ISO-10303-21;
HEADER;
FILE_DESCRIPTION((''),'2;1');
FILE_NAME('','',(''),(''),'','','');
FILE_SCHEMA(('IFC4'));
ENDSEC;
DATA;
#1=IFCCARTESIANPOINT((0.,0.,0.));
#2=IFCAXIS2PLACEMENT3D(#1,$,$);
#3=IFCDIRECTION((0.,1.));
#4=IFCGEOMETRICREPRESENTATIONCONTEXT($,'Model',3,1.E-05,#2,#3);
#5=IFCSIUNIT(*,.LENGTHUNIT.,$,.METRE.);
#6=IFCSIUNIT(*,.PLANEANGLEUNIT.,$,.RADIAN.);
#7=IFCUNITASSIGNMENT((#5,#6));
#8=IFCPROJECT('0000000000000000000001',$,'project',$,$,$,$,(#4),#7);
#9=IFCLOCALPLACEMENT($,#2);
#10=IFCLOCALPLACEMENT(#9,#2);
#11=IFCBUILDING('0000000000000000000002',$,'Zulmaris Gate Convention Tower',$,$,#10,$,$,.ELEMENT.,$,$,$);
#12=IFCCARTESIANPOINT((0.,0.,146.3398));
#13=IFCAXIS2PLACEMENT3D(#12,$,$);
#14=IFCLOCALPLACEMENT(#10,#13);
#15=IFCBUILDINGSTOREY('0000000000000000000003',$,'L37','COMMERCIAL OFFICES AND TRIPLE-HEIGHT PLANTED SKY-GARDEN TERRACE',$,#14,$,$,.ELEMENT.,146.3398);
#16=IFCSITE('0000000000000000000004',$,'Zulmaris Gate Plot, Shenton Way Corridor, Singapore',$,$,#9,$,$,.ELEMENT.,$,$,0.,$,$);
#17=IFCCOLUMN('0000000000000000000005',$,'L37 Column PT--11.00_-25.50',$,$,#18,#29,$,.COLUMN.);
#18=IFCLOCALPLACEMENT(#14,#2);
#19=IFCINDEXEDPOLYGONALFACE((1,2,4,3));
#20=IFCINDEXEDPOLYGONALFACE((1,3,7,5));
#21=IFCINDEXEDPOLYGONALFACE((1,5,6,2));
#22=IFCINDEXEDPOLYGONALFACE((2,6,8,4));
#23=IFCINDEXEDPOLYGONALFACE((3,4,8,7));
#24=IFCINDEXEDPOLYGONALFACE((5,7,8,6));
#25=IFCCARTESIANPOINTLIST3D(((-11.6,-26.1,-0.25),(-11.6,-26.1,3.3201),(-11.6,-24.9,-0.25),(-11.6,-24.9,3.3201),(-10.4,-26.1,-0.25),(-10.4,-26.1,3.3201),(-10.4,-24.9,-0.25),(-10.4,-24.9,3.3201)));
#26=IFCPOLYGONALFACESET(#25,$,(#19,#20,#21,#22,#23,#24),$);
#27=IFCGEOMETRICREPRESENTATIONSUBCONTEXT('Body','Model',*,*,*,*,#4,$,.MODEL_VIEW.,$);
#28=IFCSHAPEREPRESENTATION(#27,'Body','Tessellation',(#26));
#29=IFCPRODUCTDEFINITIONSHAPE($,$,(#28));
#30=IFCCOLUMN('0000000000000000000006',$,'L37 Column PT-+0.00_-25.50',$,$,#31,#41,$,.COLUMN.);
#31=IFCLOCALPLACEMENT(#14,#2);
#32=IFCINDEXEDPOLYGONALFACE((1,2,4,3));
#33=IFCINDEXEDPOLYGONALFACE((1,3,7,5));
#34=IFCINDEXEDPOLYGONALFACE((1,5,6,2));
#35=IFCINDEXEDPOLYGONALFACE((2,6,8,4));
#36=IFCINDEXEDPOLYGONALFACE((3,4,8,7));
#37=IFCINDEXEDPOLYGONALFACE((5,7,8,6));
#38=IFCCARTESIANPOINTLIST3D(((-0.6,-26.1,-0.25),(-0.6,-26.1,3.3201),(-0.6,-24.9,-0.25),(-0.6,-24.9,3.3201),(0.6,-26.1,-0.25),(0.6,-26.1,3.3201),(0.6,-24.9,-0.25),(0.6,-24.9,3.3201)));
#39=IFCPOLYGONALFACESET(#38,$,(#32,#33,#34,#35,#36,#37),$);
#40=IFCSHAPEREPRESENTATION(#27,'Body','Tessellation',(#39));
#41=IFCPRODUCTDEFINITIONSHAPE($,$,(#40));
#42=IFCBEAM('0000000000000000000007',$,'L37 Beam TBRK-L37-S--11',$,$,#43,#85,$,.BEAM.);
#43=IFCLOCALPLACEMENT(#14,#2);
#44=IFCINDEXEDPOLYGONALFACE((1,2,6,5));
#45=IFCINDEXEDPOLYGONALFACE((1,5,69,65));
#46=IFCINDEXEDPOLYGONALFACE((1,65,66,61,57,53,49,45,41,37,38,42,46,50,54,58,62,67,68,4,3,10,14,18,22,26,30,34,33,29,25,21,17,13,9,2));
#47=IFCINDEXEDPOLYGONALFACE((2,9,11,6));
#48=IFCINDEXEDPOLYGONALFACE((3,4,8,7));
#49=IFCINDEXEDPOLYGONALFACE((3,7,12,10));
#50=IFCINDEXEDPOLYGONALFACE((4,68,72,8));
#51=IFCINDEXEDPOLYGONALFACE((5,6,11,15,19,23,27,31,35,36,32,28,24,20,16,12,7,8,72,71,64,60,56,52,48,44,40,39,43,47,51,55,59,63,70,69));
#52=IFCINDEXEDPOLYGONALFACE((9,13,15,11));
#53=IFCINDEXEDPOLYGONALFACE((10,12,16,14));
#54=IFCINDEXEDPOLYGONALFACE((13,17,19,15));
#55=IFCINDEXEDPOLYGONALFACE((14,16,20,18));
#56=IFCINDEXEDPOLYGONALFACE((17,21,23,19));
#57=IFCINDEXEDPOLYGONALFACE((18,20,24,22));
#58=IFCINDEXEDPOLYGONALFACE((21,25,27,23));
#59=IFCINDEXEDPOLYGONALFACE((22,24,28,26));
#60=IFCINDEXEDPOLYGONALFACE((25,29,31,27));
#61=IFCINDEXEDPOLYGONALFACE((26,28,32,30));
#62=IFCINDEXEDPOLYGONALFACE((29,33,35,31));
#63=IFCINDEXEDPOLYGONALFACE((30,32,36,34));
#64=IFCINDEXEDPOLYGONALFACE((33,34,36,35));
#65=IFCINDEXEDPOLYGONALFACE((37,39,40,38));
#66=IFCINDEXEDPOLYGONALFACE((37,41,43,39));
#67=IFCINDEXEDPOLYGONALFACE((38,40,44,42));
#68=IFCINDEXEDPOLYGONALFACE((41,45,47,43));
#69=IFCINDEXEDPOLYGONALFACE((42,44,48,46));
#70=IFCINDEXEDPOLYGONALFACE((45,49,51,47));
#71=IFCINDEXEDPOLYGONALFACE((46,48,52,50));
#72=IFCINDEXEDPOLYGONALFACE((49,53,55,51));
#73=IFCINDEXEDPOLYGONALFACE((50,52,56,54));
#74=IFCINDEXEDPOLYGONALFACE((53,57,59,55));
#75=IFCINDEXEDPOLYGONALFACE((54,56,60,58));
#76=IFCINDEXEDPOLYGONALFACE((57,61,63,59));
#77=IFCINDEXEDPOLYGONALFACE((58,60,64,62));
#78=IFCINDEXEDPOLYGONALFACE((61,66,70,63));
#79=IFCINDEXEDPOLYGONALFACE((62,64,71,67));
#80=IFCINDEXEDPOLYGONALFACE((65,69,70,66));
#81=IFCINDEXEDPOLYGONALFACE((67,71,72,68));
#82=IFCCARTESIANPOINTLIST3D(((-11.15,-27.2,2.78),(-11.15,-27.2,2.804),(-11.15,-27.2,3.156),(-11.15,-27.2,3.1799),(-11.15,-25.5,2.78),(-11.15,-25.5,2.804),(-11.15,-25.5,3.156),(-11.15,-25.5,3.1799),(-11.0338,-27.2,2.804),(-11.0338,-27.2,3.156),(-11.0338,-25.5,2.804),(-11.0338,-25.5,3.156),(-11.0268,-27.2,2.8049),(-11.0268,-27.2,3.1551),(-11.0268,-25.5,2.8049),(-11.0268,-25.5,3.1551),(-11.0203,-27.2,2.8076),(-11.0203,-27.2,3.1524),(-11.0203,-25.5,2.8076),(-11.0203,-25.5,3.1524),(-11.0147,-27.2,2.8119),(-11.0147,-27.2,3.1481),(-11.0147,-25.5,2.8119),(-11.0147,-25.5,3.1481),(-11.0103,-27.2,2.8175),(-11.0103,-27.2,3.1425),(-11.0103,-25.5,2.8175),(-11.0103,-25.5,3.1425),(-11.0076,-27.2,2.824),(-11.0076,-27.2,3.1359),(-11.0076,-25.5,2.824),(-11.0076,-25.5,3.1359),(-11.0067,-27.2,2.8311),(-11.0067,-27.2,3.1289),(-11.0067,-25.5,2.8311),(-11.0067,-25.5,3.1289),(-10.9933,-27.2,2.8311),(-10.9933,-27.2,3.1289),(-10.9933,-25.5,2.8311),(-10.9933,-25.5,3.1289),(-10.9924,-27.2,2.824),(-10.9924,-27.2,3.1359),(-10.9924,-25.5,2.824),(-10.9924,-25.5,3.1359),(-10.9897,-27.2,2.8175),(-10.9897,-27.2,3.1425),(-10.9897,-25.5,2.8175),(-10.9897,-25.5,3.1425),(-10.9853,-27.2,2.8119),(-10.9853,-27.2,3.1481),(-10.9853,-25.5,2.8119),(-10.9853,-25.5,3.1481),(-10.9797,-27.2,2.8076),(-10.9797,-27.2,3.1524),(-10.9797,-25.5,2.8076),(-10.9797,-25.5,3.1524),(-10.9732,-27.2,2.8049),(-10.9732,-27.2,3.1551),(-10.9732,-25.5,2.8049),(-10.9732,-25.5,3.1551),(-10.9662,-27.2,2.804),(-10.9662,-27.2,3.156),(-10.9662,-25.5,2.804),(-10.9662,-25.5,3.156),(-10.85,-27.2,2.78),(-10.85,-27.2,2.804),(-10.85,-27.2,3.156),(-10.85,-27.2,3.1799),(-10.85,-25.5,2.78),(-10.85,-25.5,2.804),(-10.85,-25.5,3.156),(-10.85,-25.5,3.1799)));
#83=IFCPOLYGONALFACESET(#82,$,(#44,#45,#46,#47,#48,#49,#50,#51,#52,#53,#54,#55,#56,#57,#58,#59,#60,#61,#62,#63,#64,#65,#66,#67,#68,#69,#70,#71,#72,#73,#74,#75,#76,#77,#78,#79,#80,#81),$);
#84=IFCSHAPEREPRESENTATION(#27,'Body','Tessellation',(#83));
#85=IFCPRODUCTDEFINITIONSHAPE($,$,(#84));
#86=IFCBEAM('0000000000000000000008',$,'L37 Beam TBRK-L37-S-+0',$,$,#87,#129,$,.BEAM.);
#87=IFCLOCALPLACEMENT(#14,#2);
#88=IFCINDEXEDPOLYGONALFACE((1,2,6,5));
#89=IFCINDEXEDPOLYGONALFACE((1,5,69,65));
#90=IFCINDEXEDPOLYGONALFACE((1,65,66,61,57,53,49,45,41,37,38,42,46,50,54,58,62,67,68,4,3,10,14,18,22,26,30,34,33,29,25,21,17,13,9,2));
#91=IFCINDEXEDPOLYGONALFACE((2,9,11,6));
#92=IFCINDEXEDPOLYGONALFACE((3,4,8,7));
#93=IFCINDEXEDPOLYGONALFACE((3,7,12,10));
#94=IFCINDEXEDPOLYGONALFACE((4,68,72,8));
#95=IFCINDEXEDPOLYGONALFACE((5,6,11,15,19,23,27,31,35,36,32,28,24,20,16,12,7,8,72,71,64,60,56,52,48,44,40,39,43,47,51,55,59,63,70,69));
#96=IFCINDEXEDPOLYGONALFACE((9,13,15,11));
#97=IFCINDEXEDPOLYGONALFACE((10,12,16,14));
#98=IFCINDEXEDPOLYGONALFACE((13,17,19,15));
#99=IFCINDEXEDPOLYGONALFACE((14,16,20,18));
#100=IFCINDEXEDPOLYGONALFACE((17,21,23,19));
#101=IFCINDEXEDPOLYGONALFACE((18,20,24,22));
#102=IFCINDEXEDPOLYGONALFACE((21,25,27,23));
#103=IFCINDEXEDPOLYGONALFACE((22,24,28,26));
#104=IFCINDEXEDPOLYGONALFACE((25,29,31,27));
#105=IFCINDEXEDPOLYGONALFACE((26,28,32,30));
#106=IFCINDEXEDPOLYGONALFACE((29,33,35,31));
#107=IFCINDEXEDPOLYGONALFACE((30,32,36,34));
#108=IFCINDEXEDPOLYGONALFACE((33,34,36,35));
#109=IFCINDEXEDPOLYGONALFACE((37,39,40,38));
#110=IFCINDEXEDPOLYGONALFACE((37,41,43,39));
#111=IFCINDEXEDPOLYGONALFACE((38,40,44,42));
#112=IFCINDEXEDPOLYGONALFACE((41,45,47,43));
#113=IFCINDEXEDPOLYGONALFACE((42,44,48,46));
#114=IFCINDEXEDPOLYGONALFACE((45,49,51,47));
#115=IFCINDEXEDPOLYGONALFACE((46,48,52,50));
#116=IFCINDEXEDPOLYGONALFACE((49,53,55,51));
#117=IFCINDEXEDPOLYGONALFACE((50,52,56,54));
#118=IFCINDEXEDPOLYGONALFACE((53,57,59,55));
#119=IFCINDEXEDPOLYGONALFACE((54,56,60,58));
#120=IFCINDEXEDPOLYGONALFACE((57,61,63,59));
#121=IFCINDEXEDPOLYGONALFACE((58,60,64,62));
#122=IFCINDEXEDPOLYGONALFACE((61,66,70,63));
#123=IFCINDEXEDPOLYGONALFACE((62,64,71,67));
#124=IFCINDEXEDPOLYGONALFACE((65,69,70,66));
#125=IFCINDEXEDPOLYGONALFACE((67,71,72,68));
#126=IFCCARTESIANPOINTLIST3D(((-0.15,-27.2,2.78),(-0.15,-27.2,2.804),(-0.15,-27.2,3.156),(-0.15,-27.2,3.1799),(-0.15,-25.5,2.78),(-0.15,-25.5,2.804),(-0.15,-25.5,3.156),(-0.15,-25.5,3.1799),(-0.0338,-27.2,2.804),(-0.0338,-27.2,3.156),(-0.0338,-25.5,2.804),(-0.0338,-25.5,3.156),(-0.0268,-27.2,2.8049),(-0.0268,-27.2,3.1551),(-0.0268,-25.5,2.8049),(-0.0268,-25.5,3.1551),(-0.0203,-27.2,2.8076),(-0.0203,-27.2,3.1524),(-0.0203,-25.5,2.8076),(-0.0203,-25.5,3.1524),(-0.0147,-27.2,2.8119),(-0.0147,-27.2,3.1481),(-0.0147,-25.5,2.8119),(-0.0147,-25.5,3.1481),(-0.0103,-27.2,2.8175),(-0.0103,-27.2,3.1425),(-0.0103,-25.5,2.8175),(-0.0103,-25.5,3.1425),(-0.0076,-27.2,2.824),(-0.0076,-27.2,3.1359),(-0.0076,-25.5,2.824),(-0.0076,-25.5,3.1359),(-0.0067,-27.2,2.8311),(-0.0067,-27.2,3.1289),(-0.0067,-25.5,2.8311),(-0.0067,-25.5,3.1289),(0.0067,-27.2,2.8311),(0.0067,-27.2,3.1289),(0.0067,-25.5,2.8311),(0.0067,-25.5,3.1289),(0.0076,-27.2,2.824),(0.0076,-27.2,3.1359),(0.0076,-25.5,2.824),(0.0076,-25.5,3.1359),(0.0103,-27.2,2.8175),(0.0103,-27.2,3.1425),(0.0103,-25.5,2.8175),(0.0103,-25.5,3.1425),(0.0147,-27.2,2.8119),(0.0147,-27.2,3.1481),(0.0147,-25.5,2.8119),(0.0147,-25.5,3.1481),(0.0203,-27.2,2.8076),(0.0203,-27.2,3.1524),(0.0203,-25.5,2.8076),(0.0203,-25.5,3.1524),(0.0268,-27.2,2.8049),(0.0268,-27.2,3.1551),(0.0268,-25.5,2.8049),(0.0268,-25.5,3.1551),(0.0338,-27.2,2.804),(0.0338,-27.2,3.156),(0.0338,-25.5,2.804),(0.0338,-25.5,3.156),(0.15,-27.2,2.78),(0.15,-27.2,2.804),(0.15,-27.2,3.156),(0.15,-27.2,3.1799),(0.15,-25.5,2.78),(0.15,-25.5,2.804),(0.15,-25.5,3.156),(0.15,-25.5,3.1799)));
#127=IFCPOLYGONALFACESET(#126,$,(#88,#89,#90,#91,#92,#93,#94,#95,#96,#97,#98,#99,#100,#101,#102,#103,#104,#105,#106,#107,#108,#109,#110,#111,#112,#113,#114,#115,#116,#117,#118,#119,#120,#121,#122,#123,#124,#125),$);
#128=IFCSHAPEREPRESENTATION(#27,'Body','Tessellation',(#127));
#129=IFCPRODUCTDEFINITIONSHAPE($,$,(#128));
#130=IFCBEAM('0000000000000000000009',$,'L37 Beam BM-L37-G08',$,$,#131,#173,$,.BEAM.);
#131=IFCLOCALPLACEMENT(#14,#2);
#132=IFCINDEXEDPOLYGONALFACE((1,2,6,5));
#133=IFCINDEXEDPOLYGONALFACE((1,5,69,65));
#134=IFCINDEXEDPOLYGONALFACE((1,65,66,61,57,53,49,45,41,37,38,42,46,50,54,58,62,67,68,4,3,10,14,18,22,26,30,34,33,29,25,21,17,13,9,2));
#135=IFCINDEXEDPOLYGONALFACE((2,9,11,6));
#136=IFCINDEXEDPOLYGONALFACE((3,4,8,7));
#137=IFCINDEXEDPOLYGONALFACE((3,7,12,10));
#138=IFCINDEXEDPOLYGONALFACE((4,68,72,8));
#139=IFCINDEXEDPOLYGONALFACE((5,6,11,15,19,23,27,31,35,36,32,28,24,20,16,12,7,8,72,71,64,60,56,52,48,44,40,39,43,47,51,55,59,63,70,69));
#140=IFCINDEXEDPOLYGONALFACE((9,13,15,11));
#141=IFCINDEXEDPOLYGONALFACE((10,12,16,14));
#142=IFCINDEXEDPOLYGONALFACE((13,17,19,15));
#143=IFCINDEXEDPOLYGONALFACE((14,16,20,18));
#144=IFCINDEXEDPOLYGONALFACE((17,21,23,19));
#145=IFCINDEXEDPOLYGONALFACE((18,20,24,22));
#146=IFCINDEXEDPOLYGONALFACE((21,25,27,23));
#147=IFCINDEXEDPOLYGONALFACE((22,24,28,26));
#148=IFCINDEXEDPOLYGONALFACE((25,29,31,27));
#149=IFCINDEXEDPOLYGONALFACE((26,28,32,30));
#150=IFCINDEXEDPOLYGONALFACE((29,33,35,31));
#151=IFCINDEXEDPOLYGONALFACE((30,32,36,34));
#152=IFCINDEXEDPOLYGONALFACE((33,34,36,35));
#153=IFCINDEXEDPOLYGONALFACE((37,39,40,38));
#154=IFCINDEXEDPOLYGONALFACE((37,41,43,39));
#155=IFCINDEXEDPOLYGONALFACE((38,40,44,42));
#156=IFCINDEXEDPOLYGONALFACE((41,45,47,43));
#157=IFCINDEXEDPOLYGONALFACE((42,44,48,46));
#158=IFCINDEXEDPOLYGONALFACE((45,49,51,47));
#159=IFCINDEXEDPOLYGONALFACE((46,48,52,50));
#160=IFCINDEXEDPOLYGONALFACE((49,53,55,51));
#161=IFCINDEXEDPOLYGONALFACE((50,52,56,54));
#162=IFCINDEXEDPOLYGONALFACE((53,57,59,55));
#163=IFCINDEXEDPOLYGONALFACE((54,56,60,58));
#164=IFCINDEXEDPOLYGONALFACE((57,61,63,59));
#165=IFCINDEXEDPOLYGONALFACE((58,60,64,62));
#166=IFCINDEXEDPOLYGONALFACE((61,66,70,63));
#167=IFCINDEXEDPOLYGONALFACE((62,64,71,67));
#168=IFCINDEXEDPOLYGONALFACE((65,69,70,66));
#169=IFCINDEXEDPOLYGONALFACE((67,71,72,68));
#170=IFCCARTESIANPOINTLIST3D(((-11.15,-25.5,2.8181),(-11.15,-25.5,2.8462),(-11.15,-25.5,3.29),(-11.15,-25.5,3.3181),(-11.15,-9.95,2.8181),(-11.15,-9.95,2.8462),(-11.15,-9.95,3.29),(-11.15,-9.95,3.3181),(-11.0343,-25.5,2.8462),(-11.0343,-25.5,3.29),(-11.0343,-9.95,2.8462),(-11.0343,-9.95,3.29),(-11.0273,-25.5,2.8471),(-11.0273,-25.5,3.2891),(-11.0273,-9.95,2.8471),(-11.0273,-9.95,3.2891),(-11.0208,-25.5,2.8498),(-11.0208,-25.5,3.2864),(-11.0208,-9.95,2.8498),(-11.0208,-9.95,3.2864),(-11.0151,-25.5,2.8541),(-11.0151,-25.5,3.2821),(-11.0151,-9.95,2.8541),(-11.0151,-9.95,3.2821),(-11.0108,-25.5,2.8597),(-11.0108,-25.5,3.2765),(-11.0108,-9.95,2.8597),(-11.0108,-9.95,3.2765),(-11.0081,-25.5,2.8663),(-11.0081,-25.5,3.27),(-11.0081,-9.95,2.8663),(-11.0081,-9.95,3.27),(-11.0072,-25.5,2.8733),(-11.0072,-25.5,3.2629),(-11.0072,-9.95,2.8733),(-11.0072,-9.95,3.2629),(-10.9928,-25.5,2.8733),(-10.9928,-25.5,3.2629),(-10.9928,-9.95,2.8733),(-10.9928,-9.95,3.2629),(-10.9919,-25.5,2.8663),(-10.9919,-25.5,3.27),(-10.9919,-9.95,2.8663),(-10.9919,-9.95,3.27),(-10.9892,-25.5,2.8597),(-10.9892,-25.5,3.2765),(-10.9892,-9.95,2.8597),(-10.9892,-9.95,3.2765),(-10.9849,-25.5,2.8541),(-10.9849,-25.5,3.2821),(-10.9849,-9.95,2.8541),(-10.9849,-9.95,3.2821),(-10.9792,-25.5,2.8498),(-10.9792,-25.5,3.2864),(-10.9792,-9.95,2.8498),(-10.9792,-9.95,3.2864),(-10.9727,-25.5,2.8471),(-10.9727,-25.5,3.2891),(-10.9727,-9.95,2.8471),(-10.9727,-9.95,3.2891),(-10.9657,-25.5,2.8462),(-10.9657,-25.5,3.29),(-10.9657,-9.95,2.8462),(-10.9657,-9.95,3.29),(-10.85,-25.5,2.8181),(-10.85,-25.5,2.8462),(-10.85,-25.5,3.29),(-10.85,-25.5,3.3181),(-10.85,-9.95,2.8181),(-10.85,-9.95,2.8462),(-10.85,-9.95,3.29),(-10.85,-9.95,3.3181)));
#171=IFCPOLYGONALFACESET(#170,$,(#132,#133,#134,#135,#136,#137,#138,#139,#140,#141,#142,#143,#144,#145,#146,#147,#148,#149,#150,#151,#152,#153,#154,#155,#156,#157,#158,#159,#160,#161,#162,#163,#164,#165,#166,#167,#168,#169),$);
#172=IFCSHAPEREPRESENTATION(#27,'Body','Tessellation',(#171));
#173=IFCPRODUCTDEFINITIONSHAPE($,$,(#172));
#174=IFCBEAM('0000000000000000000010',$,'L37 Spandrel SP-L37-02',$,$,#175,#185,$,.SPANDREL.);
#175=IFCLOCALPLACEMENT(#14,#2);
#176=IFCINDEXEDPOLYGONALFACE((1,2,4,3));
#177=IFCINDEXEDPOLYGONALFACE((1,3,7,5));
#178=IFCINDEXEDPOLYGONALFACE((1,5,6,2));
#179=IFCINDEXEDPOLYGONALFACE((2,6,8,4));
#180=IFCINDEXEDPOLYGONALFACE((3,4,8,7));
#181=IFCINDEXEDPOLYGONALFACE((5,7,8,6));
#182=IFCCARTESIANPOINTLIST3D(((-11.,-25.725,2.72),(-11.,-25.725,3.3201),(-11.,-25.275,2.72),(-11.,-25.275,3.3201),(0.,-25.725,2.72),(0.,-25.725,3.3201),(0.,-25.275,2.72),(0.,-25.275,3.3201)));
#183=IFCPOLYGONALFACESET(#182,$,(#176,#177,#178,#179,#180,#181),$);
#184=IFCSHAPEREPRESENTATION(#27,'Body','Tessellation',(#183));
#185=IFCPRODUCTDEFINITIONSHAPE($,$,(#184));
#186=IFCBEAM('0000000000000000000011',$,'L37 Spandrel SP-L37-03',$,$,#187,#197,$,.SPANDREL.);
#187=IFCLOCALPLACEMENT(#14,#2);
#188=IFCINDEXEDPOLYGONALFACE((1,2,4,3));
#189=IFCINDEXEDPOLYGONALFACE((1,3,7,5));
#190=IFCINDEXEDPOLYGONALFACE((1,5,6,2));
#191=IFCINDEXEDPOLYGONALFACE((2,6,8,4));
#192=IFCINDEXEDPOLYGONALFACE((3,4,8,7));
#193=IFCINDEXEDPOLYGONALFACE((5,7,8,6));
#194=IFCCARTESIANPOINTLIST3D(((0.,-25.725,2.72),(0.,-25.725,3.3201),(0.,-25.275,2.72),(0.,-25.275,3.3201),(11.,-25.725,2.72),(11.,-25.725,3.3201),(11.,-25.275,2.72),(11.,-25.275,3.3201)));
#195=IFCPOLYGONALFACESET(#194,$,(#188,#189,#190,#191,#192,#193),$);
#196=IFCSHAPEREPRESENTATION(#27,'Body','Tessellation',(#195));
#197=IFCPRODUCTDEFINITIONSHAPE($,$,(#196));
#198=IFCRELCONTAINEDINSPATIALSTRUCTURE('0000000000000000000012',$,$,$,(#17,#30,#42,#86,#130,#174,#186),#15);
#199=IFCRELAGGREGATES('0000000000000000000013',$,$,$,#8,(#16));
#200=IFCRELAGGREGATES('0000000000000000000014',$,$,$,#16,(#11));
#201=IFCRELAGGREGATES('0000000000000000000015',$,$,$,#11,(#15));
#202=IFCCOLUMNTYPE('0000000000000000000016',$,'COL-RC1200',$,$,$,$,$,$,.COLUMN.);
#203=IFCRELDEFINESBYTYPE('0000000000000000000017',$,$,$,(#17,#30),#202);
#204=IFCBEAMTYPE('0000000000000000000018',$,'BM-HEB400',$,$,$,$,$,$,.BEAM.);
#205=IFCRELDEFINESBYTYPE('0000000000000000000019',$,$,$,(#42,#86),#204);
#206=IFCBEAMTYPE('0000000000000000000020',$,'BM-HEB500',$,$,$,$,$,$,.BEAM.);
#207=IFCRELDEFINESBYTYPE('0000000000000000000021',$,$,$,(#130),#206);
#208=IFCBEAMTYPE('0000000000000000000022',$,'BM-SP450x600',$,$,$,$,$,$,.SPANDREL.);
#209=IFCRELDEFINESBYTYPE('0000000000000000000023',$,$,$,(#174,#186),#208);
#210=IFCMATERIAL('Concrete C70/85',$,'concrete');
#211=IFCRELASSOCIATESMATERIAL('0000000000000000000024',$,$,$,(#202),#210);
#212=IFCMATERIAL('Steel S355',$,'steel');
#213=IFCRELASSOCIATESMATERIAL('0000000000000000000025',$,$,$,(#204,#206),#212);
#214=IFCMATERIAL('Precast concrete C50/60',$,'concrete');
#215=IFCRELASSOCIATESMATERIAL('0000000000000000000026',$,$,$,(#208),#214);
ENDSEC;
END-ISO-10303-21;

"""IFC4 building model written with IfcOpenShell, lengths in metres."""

from ifc_helpers import new_model, si_unit, direction, frame, origin, origin_2d, place, context, subcontext, project, spatial, rectangle, i_section, extrude, material, material_profile, profile_set, type_object, element, save


model = new_model("IFC4")

# Units and contexts
model_context = context("Model", 3, precision=1e-05, world=origin(), true_north=direction((0.0, 1.0)))
body_context = subcontext(model_context, "Body", "Model", "MODEL_VIEW")
ifc_project = project(units=[si_unit("LENGTHUNIT", "METRE"), si_unit("PLANEANGLEUNIT", "RADIAN")], contexts=[model_context])

# Site, building, storey
site_placement = place(None, origin())
site = spatial("IfcSite", under=ifc_project, at=site_placement, Name="Zulmaris Gate Plot, Shenton Way Corridor, Singapore", CompositionType="ELEMENT", RefElevation=0.0)
building_placement = place(site_placement, origin())
building = spatial("IfcBuilding", under=site, at=building_placement, Name="Zulmaris Gate Convention Tower", CompositionType="ELEMENT")
storey_placement = place(building_placement, frame((0.0, 0.0, 146.3398)))
storey = spatial("IfcBuildingStorey", under=building, at=storey_placement, Name="L37", Description="COMMERCIAL OFFICES AND TRIPLE-HEIGHT PLANTED SKY-GARDEN TERRACE", CompositionType="ELEMENT", Elevation=146.3398)

# Columns
ifc_material_1 = material(Name="Concrete C70/85", Category="concrete")
ifc_material_profile_1 = material_profile(ifc_material_1, rectangle(XDim=1.2, YDim=1.2, at=origin_2d()), Name="RC COL 1200x1200")
ifc_profile_set_1 = profile_set([ifc_material_profile_1], Name="Concrete C70/85")
column_type = type_object("IfcColumnType", Name="COL-RC1200", PredefinedType="COLUMN", material=ifc_profile_set_1)
for number, where, z_axis, x_axis, name in (
    (1, (-11.0, -25.5, -0.25), (0.0, 0.0, 1.0), (1.0, 0.0, 0.0), "L37 Column PT--11.00_-25.50"),
    (2, (0.0, -25.5, -0.25), (0.0, 0.0, 1.0), (1.0, 0.0, 0.0), "L37 Column PT-+0.00_-25.50"),
):
    element("IfcColumn", number, at=place(storey_placement, frame(where, z_axis=z_axis, x_axis=x_axis)), inside=storey, type_object=column_type, Name=name, PredefinedType="COLUMN", context=body_context, shape_type="SweptSolid", body=[
        extrude(rectangle(XDim=1.2, YDim=1.2, at=origin_2d()), origin(), (0.0, 0.0, 1.0), 3.5701),
    ])

# Beams
ifc_material_2 = material(Name="Steel S355", Category="steel")
ifc_material_profile_2 = material_profile(ifc_material_2, i_section(OverallWidth=0.3, OverallDepth=0.3999, WebThickness=0.0134, FlangeThickness=0.0239, FilletRadius=0.0271, at=origin_2d()), Name="HEB 400")
ifc_profile_set_2 = profile_set([ifc_material_profile_2], Name="Steel S355")
beam_type_1 = type_object("IfcBeamType", Name="BM-HEB400", PredefinedType="BEAM", material=ifc_profile_set_2)
for number, where, z_axis, x_axis, name in (
    (3, (-11.0, -27.2, 2.98), (0.0, 1.0, 0.0), (-1.0, 0.0, 0.0), "L37 Beam TBRK-L37-S--11"),
    (4, (0.0, -27.2, 2.98), (0.0, 1.0, 0.0), (-1.0, 0.0, 0.0), "L37 Beam TBRK-L37-S-+0"),
):
    element("IfcBeam", number, at=place(storey_placement, frame(where, z_axis=z_axis, x_axis=x_axis)), inside=storey, type_object=beam_type_1, Name=name, PredefinedType="BEAM", context=body_context, shape_type="SweptSolid", body=[
        extrude(i_section(OverallWidth=0.3, OverallDepth=0.3999, WebThickness=0.0134, FlangeThickness=0.0239, FilletRadius=0.0271, at=origin_2d()), origin(), (0.0, 0.0, 1.0), 1.7),
    ])
ifc_material_profile_3 = material_profile(ifc_material_2, i_section(OverallWidth=0.3, OverallDepth=0.5, WebThickness=0.0144, FlangeThickness=0.0281, FilletRadius=0.0271, at=origin_2d()), Name="HEB 500")
ifc_profile_set_3 = profile_set([ifc_material_profile_3], Name="Steel S355")
beam_type_2 = type_object("IfcBeamType", Name="BM-HEB500", PredefinedType="BEAM", material=ifc_profile_set_3)
beam_placement = place(storey_placement, frame((-11.0, -25.5, 3.0681), z_axis=(0.0, 1.0, 0.0), x_axis=(-1.0, 0.0, 0.0)))
element("IfcBeam", 5, at=beam_placement, inside=storey, type_object=beam_type_2, Name="L37 Beam BM-L37-G08", PredefinedType="BEAM", context=body_context, shape_type="SweptSolid", body=[
    extrude(i_section(OverallWidth=0.3, OverallDepth=0.5, WebThickness=0.0144, FlangeThickness=0.0281, FilletRadius=0.0271, at=origin_2d()), origin(), (0.0, 0.0, 1.0), 15.55),
])
ifc_material_3 = material(Name="Precast concrete C50/60", Category="concrete")
ifc_material_profile_4 = material_profile(ifc_material_3, rectangle(XDim=0.45, YDim=0.6001, at=origin_2d()), Name="RC SPANDREL 450x600")
ifc_profile_set_4 = profile_set([ifc_material_profile_4], Name="Precast concrete C50/60")
beam_type_3 = type_object("IfcBeamType", Name="BM-SP450x600", PredefinedType="SPANDREL", material=ifc_profile_set_4)
for number, where, z_axis, x_axis, name in (
    (6, (-11.0, -25.5, 3.02), (1.0, 0.0, 0.0), (0.0, 1.0, 0.0), "L37 Spandrel SP-L37-02"),
    (7, (0.0, -25.5, 3.02), (1.0, 0.0, 0.0), (0.0, 1.0, 0.0), "L37 Spandrel SP-L37-03"),
):
    element("IfcBeam", number, at=place(storey_placement, frame(where, z_axis=z_axis, x_axis=x_axis)), inside=storey, type_object=beam_type_3, Name=name, PredefinedType="SPANDREL", context=body_context, shape_type="SweptSolid", body=[
        extrude(rectangle(XDim=0.45, YDim=0.6001, at=origin_2d()), origin(), (0.0, 0.0, 1.0), 11.0),
    ])

save(model, "model.ifc")
